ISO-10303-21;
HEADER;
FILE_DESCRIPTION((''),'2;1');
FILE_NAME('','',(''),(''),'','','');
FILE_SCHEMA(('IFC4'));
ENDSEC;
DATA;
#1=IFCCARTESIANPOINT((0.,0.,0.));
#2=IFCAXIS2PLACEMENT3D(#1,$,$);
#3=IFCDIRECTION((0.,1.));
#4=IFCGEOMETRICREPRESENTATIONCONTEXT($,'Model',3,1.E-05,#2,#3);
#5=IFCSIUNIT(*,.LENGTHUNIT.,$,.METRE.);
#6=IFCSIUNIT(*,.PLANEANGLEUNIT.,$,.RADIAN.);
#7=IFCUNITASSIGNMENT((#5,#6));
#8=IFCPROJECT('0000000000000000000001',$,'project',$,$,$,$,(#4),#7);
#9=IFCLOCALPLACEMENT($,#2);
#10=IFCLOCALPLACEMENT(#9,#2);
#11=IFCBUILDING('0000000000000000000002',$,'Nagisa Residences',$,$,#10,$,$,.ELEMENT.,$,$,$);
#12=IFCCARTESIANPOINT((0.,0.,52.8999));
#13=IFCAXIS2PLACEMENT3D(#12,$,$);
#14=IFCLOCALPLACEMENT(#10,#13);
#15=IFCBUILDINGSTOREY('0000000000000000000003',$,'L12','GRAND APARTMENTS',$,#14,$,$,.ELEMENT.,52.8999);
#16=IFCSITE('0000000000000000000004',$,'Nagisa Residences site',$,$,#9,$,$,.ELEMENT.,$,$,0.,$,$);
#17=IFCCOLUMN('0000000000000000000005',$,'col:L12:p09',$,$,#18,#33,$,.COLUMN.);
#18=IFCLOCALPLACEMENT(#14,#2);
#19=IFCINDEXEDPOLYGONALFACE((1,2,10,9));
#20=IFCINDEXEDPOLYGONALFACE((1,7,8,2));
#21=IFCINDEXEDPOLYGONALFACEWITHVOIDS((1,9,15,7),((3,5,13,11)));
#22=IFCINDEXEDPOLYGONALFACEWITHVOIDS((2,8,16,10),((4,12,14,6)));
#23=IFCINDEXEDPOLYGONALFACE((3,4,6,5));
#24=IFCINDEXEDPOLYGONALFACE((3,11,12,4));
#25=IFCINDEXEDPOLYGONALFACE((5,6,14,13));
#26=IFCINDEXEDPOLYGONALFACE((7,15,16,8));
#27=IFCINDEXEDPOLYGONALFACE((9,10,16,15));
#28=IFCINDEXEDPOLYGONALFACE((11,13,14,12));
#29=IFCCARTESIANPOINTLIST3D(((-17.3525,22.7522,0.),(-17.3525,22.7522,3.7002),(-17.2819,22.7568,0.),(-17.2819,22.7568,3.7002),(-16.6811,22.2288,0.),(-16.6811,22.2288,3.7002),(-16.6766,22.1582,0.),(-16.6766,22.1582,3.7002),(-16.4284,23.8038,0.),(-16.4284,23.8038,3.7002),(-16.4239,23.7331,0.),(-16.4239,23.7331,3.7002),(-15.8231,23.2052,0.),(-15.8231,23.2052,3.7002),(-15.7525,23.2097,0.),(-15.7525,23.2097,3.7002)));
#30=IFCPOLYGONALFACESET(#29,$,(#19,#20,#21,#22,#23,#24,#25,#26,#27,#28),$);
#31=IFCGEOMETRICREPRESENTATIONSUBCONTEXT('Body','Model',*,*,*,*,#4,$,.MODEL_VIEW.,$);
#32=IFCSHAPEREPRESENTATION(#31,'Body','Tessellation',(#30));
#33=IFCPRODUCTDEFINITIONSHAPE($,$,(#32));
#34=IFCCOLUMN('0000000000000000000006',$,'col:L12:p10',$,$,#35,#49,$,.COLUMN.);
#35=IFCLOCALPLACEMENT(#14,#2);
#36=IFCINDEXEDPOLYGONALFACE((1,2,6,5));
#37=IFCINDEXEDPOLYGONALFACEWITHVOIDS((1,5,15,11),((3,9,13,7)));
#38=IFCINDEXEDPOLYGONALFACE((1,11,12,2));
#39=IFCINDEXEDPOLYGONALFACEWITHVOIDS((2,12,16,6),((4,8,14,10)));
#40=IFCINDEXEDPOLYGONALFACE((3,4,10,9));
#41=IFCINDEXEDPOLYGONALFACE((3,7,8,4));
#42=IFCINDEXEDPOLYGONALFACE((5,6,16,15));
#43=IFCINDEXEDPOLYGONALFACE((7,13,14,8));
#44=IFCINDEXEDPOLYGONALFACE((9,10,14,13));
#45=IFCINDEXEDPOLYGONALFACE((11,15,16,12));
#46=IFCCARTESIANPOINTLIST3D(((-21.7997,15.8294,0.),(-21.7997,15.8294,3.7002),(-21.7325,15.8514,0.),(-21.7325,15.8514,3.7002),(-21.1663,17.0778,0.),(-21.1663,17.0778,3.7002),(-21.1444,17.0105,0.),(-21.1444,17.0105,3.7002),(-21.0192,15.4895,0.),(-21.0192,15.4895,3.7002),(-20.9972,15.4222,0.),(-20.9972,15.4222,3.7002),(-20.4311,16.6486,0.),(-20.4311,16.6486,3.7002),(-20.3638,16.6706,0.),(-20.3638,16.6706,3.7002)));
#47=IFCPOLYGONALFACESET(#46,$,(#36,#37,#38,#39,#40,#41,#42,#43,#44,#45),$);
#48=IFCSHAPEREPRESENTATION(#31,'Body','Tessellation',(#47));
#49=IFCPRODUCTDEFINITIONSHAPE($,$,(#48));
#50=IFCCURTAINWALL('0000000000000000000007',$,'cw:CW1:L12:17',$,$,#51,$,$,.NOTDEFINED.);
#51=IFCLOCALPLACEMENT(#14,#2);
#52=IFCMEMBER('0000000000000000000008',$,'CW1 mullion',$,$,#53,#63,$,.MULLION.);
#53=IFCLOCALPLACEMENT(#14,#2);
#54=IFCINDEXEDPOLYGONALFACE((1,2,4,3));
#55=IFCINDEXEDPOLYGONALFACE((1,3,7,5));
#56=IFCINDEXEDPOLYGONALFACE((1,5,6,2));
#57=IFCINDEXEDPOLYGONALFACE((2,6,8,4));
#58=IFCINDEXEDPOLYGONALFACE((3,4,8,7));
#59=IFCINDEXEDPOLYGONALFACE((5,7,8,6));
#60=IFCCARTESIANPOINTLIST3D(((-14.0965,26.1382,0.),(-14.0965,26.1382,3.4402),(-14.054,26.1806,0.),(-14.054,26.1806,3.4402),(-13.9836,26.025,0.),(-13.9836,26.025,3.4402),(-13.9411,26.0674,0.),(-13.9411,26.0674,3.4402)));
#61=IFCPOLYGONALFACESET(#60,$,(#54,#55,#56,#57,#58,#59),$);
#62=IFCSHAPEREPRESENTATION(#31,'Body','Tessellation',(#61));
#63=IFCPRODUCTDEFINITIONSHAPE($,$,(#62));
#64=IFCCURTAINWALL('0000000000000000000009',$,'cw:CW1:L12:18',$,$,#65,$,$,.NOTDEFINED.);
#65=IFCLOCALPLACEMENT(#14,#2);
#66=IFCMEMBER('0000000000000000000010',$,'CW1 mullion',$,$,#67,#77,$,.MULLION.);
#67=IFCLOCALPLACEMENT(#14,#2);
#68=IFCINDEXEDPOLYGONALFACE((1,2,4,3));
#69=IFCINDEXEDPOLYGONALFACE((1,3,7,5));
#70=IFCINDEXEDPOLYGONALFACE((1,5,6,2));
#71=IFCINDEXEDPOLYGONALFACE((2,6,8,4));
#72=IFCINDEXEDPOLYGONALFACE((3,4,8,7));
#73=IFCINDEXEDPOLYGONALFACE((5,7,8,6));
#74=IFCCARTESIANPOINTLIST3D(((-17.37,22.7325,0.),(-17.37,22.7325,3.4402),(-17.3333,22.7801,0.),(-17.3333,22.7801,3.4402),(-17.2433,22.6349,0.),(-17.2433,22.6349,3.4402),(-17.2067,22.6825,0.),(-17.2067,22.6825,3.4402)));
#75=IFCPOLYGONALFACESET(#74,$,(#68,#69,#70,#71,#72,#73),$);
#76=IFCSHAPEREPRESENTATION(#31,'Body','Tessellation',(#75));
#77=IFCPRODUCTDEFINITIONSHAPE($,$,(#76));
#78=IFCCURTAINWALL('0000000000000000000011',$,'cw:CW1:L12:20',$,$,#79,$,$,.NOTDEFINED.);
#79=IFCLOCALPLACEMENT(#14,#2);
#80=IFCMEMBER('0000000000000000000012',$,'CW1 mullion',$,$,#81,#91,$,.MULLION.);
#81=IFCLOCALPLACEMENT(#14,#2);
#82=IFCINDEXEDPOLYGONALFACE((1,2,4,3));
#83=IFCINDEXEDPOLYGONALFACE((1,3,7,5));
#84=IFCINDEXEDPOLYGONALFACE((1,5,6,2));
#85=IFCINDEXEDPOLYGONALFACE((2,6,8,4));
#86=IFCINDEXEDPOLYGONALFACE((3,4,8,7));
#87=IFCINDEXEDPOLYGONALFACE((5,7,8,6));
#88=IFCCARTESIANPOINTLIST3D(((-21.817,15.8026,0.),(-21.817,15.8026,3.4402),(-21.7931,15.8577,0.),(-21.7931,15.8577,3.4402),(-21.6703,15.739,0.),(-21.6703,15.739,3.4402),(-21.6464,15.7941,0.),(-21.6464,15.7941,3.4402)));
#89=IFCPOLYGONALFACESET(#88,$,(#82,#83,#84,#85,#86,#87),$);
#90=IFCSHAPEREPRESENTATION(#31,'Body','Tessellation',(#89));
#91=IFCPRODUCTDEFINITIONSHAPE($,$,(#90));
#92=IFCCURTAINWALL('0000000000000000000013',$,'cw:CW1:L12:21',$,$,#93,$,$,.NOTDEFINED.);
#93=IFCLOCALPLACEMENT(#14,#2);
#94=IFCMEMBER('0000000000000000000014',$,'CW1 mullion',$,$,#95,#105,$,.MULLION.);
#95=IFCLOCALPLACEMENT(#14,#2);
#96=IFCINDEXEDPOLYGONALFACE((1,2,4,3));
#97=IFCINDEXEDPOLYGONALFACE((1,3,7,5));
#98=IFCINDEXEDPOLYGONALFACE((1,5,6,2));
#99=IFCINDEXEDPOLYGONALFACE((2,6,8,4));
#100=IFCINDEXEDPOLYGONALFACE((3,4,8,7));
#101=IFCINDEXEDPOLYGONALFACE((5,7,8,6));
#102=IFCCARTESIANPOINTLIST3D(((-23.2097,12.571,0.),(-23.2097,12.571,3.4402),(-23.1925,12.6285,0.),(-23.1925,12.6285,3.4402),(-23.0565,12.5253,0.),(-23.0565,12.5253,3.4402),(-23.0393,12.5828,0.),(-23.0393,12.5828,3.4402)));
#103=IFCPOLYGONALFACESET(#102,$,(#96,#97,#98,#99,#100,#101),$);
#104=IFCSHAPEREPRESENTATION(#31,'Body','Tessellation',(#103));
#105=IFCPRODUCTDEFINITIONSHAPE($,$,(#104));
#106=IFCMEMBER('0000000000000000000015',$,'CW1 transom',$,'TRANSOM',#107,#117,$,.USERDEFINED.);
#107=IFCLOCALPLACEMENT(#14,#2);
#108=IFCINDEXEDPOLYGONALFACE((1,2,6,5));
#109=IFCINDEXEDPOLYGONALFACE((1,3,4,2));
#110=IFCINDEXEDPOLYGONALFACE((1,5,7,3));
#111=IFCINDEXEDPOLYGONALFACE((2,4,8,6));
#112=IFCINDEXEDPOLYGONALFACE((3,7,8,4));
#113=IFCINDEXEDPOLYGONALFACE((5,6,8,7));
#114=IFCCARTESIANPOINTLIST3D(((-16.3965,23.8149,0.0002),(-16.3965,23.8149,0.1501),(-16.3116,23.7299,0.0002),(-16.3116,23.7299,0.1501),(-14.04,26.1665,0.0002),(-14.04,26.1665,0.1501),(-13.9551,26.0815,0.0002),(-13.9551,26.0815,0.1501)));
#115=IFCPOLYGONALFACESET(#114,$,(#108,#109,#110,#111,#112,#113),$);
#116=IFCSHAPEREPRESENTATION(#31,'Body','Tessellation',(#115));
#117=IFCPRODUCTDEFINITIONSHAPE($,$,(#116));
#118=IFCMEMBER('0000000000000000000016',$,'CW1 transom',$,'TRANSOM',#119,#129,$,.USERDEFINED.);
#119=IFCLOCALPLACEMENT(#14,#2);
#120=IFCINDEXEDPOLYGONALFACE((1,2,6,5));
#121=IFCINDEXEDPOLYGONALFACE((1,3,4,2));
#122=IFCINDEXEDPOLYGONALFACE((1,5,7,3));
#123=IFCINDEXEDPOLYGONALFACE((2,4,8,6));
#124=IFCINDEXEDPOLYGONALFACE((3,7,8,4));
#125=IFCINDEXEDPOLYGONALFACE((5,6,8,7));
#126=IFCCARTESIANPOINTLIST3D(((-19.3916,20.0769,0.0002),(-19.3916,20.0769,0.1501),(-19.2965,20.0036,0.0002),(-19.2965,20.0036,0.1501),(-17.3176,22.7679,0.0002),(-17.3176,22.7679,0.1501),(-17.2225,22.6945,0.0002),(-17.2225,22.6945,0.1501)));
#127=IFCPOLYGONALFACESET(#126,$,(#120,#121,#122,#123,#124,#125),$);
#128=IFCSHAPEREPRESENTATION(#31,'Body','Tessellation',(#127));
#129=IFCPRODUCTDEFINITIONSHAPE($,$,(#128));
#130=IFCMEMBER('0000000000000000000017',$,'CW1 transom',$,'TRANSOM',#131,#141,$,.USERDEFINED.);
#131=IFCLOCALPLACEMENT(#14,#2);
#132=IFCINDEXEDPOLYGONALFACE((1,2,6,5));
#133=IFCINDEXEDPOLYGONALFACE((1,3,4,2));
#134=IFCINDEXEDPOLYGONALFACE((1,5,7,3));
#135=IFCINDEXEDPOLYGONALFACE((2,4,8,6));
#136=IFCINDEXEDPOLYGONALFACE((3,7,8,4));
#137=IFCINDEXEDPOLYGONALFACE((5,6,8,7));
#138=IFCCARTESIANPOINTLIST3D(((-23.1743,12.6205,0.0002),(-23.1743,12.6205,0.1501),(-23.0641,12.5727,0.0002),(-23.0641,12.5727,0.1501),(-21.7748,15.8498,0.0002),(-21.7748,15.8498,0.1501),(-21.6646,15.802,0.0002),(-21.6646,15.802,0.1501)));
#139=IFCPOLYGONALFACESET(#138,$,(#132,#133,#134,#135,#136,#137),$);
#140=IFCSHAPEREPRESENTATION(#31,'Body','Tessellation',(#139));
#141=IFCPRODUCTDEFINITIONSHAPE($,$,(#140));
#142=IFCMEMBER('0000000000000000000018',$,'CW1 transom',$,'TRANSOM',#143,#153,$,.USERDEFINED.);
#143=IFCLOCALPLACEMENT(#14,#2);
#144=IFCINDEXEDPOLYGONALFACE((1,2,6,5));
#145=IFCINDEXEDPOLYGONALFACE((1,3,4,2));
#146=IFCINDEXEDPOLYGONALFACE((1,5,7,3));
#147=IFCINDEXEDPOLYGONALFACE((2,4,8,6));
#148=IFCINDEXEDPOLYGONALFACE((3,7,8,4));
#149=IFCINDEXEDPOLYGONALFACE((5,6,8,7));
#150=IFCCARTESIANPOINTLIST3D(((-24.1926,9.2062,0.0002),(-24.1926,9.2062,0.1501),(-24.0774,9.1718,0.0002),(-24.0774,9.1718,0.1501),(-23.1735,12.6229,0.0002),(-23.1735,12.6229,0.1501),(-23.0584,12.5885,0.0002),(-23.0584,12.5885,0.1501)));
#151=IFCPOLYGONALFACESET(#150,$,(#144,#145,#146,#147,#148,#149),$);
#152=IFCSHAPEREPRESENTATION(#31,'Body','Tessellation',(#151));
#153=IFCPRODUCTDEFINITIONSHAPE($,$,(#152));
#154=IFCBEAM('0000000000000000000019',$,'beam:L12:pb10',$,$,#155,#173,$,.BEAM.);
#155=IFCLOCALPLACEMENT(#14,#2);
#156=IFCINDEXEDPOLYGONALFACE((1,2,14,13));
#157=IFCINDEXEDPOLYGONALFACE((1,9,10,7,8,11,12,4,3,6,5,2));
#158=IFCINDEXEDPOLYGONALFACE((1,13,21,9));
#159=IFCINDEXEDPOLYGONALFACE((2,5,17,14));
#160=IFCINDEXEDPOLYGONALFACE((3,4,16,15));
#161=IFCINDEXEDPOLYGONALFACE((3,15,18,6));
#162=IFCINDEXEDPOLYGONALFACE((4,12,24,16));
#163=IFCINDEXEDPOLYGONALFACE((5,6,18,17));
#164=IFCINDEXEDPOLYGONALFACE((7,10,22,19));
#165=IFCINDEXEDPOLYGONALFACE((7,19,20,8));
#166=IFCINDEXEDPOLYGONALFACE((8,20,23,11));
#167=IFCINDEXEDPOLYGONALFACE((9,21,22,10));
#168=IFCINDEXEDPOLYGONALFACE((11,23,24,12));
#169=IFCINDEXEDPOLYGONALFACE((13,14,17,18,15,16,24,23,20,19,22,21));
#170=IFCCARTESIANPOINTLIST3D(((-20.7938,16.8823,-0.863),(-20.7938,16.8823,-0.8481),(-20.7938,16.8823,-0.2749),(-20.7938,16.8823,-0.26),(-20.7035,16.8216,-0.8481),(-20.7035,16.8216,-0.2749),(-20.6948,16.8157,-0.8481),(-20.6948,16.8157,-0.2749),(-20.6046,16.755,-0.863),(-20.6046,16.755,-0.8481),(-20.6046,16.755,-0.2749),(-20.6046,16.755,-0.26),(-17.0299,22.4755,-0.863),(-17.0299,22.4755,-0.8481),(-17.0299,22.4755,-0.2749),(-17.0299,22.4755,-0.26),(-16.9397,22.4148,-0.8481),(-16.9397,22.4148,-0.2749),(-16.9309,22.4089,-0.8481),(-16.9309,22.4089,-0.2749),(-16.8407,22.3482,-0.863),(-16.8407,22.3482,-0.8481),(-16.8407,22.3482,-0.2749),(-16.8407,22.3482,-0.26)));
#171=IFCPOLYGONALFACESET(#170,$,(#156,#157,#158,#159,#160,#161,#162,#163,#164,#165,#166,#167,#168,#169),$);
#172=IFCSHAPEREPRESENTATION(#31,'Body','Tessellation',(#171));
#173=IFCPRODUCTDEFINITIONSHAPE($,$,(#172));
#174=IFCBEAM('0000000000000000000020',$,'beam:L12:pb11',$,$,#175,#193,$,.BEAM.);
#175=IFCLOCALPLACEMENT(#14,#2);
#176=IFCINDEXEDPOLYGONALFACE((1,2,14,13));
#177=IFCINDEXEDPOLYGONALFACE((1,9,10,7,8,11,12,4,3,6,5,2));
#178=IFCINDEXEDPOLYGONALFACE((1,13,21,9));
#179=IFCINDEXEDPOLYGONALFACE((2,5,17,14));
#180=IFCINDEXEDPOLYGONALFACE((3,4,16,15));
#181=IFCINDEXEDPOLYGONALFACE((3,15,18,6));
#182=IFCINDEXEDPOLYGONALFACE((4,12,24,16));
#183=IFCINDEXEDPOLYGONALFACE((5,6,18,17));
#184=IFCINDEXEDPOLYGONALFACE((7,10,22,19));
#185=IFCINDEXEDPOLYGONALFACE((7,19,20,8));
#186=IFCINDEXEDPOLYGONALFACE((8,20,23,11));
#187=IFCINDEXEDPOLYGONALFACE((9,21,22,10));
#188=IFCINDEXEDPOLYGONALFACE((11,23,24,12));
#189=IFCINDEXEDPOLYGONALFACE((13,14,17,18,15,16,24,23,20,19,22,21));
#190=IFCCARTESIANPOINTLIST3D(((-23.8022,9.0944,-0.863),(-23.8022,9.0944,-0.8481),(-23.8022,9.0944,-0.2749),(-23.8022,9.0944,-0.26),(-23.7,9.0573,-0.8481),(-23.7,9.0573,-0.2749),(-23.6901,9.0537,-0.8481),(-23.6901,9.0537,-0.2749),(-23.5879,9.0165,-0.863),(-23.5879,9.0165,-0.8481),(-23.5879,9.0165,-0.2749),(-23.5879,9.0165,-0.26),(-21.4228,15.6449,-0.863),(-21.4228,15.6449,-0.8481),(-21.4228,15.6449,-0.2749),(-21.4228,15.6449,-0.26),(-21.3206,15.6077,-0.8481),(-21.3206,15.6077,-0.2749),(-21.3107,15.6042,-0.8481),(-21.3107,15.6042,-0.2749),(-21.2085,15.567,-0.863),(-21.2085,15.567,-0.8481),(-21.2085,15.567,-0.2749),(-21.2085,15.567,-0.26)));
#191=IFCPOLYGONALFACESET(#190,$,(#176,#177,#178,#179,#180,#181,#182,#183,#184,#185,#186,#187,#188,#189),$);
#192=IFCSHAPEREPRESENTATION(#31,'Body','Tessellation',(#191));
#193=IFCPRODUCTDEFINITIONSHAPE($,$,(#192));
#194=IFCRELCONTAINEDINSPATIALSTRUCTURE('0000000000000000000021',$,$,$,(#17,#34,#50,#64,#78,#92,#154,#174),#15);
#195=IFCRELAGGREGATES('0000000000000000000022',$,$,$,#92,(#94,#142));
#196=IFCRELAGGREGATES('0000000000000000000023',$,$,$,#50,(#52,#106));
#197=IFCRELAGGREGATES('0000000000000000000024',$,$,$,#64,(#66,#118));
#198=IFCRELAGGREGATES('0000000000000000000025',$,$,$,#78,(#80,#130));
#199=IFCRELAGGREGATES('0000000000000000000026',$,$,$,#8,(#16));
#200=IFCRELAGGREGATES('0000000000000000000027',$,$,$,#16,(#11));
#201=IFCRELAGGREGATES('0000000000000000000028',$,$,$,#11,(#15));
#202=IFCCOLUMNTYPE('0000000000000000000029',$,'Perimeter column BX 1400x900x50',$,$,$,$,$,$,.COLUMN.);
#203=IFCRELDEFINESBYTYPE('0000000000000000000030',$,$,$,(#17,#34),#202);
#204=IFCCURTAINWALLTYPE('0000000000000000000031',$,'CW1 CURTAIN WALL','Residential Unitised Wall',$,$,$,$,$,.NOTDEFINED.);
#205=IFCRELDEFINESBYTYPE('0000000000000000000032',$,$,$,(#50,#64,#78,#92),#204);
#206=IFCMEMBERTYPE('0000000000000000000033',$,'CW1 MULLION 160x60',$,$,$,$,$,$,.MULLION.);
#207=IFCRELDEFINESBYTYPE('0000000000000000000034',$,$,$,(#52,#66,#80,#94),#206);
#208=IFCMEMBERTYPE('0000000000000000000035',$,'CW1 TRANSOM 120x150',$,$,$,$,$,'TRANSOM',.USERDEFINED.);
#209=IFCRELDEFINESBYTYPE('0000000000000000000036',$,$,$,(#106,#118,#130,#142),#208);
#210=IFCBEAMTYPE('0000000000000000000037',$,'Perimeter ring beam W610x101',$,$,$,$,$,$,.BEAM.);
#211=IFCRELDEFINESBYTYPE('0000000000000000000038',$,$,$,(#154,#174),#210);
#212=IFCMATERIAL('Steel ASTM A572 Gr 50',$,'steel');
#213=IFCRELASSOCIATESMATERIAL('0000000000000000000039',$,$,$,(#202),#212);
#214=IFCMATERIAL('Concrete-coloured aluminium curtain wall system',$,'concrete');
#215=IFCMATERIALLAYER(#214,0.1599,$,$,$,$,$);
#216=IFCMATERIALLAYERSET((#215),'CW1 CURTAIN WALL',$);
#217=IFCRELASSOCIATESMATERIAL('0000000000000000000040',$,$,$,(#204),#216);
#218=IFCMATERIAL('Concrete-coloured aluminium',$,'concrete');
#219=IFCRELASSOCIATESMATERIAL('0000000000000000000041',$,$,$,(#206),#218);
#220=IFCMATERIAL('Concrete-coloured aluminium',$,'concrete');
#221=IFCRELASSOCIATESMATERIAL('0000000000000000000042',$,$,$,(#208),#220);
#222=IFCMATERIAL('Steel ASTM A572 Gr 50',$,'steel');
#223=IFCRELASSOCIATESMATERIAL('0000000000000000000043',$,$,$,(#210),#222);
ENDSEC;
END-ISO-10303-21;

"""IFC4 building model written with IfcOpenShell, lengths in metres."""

from ifc_helpers import new_model, si_unit, direction, frame, origin, origin_2d, place, context, subcontext, project, spatial, rectangle, hollow_rectangle, i_section, extrude, material, layer, layer_set, material_profile, profile_set, type_object, element, aggregate, save


model = new_model("IFC4")

# Units and contexts
model_context = context("Model", 3, precision=1e-05, world=origin(), true_north=direction((0.0, 1.0)))
body_context = subcontext(model_context, "Body", "Model", "MODEL_VIEW")
ifc_project = project(units=[si_unit("LENGTHUNIT", "METRE"), si_unit("PLANEANGLEUNIT", "RADIAN")], contexts=[model_context])

# Site, building, storey
site_placement = place(None, origin())
site = spatial("IfcSite", under=ifc_project, at=site_placement, Name="Nagisa Residences site", CompositionType="ELEMENT", RefElevation=0.0)
building_placement = place(site_placement, origin())
building = spatial("IfcBuilding", under=site, at=building_placement, Name="Nagisa Residences", CompositionType="ELEMENT")
storey_placement = place(building_placement, frame((0.0, 0.0, 52.8999)))
storey = spatial("IfcBuildingStorey", under=building, at=storey_placement, Name="L12", Description="GRAND APARTMENTS", CompositionType="ELEMENT", Elevation=52.8999)

# Columns
ifc_material_1 = material(Name="Steel ASTM A572 Gr 50", Category="steel")
ifc_material_profile_1 = material_profile(ifc_material_1, hollow_rectangle(XDim=1.3999, YDim=0.8999, WallThickness=0.05, at=origin_2d()), Name="BX 1400x900x50")
ifc_profile_set_1 = profile_set([ifc_material_profile_1], Name="Steel ASTM A572 Gr 50")
column_type = type_object("IfcColumnType", Name="Perimeter column BX 1400x900x50", PredefinedType="COLUMN", material=ifc_profile_set_1)
for number, where, z_axis, x_axis, name in (
    (1, (-16.5525, 22.981, 0.0), (0.0, 0.0, 1.0), (-0.660115, -0.751165, 0.0), "col:L12:p09"),
    (2, (-21.0818, 16.25, 0.0), (0.0, 0.0, 1.0), (-0.452463, -0.891783, 0.0), "col:L12:p10"),
):
    element("IfcColumn", number, at=place(storey_placement, frame(where, z_axis=z_axis, x_axis=x_axis)), inside=storey, type_object=column_type, Name=name, PredefinedType="COLUMN", context=body_context, shape_type="SweptSolid", body=[
        extrude(hollow_rectangle(XDim=1.3999, YDim=0.8999, WallThickness=0.05, at=origin_2d()), origin(), (0.0, 0.0, 1.0), 3.7002),
    ])

# Curtain walls, members
ifc_material_2 = material(Name="Concrete-coloured aluminium curtain wall system", Category="concrete")
ifc_layer_1 = layer(ifc_material_2, 0.1599)
ifc_layer_set_1 = layer_set([ifc_layer_1], Name="CW1 CURTAIN WALL")
curtain_wall_type = type_object("IfcCurtainWallType", Name="CW1 CURTAIN WALL", Description="Residential Unitised Wall", PredefinedType="NOTDEFINED", material=ifc_layer_set_1)
curtain_wall_1_placement = place(storey_placement, origin())
curtain_wall_1 = element("IfcCurtainWall", 3, at=curtain_wall_1_placement, inside=storey, type_object=curtain_wall_type, Name="cw:CW1:L12:17", PredefinedType="NOTDEFINED")
ifc_material_3 = material(Name="Concrete-coloured aluminium", Category="concrete")
ifc_material_profile_2 = material_profile(ifc_material_3, rectangle(XDim=0.1599, YDim=0.0601, at=origin_2d()), Name="CW1 MULLION 160x60")
ifc_profile_set_2 = profile_set([ifc_material_profile_2], Name="Concrete-coloured aluminium")
member_type_1 = type_object("IfcMemberType", Name="CW1 MULLION 160x60", PredefinedType="MULLION", material=ifc_profile_set_2)
member_1_placement = place(storey_placement, frame((-14.0188, 26.1028, 0.0), z_axis=(0.0, 0.0, 1.0), x_axis=(0.706377, -0.707836, 0.0)))
member_1 = element("IfcMember", 4, at=member_1_placement, type_object=member_type_1, Name="CW1 mullion", PredefinedType="MULLION", context=body_context, shape_type="SweptSolid", body=[
    extrude(rectangle(XDim=0.1599, YDim=0.0601, at=origin_2d()), origin(), (0.0, 0.0, 1.0), 3.4402),
])
curtain_wall_2_placement = place(storey_placement, origin())
curtain_wall_2 = element("IfcCurtainWall", 5, at=curtain_wall_2_placement, inside=storey, type_object=curtain_wall_type, Name="cw:CW1:L12:18", PredefinedType="NOTDEFINED")
member_2_placement = place(storey_placement, frame((-17.2883, 22.7075, 0.0), z_axis=(0.0, 0.0, 1.0), x_axis=(0.79207, -0.61043, 0.0)))
member_2 = element("IfcMember", 6, at=member_2_placement, type_object=member_type_1, Name="CW1 mullion", PredefinedType="MULLION", context=body_context, shape_type="SweptSolid", body=[
    extrude(rectangle(XDim=0.1599, YDim=0.0601, at=origin_2d()), origin(), (0.0, 0.0, 1.0), 3.4402),
])
curtain_wall_3_placement = place(storey_placement, origin())
curtain_wall_3 = element("IfcCurtainWall", 7, at=curtain_wall_3_placement, inside=storey, type_object=curtain_wall_type, Name="cw:CW1:L12:20", PredefinedType="NOTDEFINED")
member_3_placement = place(storey_placement, frame((-21.7317, 15.7983, 0.0), z_axis=(0.0, 0.0, 1.0), x_axis=(0.917543, -0.397636, 0.0)))
member_3 = element("IfcMember", 8, at=member_3_placement, type_object=member_type_1, Name="CW1 mullion", PredefinedType="MULLION", context=body_context, shape_type="SweptSolid", body=[
    extrude(rectangle(XDim=0.1599, YDim=0.0601, at=origin_2d()), origin(), (0.0, 0.0, 1.0), 3.4402),
])
curtain_wall_4_placement = place(storey_placement, origin())
curtain_wall_4 = element("IfcCurtainWall", 9, at=curtain_wall_4_placement, inside=storey, type_object=curtain_wall_type, Name="cw:CW1:L12:21", PredefinedType="NOTDEFINED")
member_4_placement = place(storey_placement, frame((-23.1245, 12.5769, 0.0), z_axis=(0.0, 0.0, 1.0), x_axis=(0.958271, -0.28586, 0.0)))
member_4 = element("IfcMember", 10, at=member_4_placement, type_object=member_type_1, Name="CW1 mullion", PredefinedType="MULLION", context=body_context, shape_type="SweptSolid", body=[
    extrude(rectangle(XDim=0.1599, YDim=0.0601, at=origin_2d()), origin(), (0.0, 0.0, 1.0), 3.4402),
])

# Members
ifc_material_4 = material(Name="Concrete-coloured aluminium", Category="concrete")
ifc_material_profile_3 = material_profile(ifc_material_4, rectangle(XDim=0.1201, YDim=0.1499, at=origin_2d()), Name="CW1 TRANSOM 120x150")
ifc_profile_set_3 = profile_set([ifc_material_profile_3], Name="Concrete-coloured aluminium")
member_type_2 = type_object("IfcMemberType", Name="CW1 TRANSOM 120x150", ElementType="TRANSOM", PredefinedType="USERDEFINED", material=ifc_profile_set_3)
member_5_placement = place(storey_placement, frame((-13.9976, 26.124, 0.0752), z_axis=(-0.70784, -0.706373, 0.0), x_axis=(0.706373, -0.70784, 0.0)))
member_5 = element("IfcMember", 11, at=member_5_placement, type_object=member_type_2, Name="CW1 transom", ObjectType="TRANSOM", PredefinedType="USERDEFINED", context=body_context, shape_type="SweptSolid", body=[
    extrude(rectangle(XDim=0.1201, YDim=0.1499, at=origin_2d()), origin(), (0.0, 0.0, 1.0), 3.3291),
])
member_6_placement = place(storey_placement, frame((-17.27, 22.7312, 0.0752), z_axis=(-0.610457, -0.792049, 0.0), x_axis=(0.792049, -0.610457, 0.0)))
member_6 = element("IfcMember", 12, at=member_6_placement, type_object=member_type_2, Name="CW1 transom", ObjectType="TRANSOM", PredefinedType="USERDEFINED", context=body_context, shape_type="SweptSolid", body=[
    extrude(rectangle(XDim=0.1201, YDim=0.1499, at=origin_2d()), origin(), (0.0, 0.0, 1.0), 3.3975),
])
member_7_placement = place(storey_placement, frame((-21.7197, 15.8259, 0.0752), z_axis=(-0.397625, -0.917548, 0.0), x_axis=(0.917548, -0.397625, 0.0)))
member_7 = element("IfcMember", 13, at=member_7_placement, type_object=member_type_2, Name="CW1 transom", ObjectType="TRANSOM", PredefinedType="USERDEFINED", context=body_context, shape_type="SweptSolid", body=[
    extrude(rectangle(XDim=0.1201, YDim=0.1499, at=origin_2d()), origin(), (0.0, 0.0, 1.0), 3.5195),
])
member_8_placement = place(storey_placement, frame((-23.116, 12.6057, 0.0752), z_axis=(-0.285808, -0.958287, 0.0), x_axis=(0.958287, -0.285808, 0.0)))
member_8 = element("IfcMember", 14, at=member_8_placement, type_object=member_type_2, Name="CW1 transom", ObjectType="TRANSOM", PredefinedType="USERDEFINED", context=body_context, shape_type="SweptSolid", body=[
    extrude(rectangle(XDim=0.1201, YDim=0.1499, at=origin_2d()), origin(), (0.0, 0.0, 1.0), 3.5654),
])
aggregate(curtain_wall_4, [member_4, member_8])

# Beams
ifc_material_5 = material(Name="Steel ASTM A572 Gr 50", Category="steel")
ifc_material_profile_4 = material_profile(ifc_material_5, i_section(OverallWidth=0.228, OverallDepth=0.603, WebThickness=0.0105, FlangeThickness=0.0149, at=origin_2d()), Name="W610x101")
ifc_profile_set_4 = profile_set([ifc_material_profile_4], Name="Steel ASTM A572 Gr 50")
beam_type_1 = type_object("IfcBeamType", Name="Perimeter ring beam W610x101", PredefinedType="BEAM", material=ifc_profile_set_4)
beam_1_placement = place(storey_placement, frame((-16.9353, 22.4119, -0.5615), z_axis=(-0.558297, -0.829641, 0.0), x_axis=(0.829641, -0.558297, 0.0)))
element("IfcBeam", 15, at=beam_1_placement, inside=storey, type_object=beam_type_1, Name="beam:L12:pb10", PredefinedType="BEAM", context=body_context, shape_type="SweptSolid", body=[
    extrude(i_section(OverallWidth=0.228, OverallDepth=0.603, WebThickness=0.0105, FlangeThickness=0.0149, at=origin_2d()), origin(), (0.0, 0.0, 1.0), 6.7417),
])
beam_2_placement = place(storey_placement, frame((-21.3157, 15.606, -0.5615), z_axis=(-0.341411, -0.939914, 0.0), x_axis=(0.939914, -0.341411, 0.0)))
element("IfcBeam", 16, at=beam_2_placement, inside=storey, type_object=beam_type_1, Name="beam:L12:pb11", PredefinedType="BEAM", context=body_context, shape_type="SweptSolid", body=[
    extrude(i_section(OverallWidth=0.228, OverallDepth=0.603, WebThickness=0.0105, FlangeThickness=0.0149, at=origin_2d()), origin(), (0.0, 0.0, 1.0), 6.9692),
])

aggregate(curtain_wall_1, [member_1, member_5])
aggregate(curtain_wall_2, [member_2, member_6])
aggregate(curtain_wall_3, [member_3, member_7])

save(model, "model.ifc")
